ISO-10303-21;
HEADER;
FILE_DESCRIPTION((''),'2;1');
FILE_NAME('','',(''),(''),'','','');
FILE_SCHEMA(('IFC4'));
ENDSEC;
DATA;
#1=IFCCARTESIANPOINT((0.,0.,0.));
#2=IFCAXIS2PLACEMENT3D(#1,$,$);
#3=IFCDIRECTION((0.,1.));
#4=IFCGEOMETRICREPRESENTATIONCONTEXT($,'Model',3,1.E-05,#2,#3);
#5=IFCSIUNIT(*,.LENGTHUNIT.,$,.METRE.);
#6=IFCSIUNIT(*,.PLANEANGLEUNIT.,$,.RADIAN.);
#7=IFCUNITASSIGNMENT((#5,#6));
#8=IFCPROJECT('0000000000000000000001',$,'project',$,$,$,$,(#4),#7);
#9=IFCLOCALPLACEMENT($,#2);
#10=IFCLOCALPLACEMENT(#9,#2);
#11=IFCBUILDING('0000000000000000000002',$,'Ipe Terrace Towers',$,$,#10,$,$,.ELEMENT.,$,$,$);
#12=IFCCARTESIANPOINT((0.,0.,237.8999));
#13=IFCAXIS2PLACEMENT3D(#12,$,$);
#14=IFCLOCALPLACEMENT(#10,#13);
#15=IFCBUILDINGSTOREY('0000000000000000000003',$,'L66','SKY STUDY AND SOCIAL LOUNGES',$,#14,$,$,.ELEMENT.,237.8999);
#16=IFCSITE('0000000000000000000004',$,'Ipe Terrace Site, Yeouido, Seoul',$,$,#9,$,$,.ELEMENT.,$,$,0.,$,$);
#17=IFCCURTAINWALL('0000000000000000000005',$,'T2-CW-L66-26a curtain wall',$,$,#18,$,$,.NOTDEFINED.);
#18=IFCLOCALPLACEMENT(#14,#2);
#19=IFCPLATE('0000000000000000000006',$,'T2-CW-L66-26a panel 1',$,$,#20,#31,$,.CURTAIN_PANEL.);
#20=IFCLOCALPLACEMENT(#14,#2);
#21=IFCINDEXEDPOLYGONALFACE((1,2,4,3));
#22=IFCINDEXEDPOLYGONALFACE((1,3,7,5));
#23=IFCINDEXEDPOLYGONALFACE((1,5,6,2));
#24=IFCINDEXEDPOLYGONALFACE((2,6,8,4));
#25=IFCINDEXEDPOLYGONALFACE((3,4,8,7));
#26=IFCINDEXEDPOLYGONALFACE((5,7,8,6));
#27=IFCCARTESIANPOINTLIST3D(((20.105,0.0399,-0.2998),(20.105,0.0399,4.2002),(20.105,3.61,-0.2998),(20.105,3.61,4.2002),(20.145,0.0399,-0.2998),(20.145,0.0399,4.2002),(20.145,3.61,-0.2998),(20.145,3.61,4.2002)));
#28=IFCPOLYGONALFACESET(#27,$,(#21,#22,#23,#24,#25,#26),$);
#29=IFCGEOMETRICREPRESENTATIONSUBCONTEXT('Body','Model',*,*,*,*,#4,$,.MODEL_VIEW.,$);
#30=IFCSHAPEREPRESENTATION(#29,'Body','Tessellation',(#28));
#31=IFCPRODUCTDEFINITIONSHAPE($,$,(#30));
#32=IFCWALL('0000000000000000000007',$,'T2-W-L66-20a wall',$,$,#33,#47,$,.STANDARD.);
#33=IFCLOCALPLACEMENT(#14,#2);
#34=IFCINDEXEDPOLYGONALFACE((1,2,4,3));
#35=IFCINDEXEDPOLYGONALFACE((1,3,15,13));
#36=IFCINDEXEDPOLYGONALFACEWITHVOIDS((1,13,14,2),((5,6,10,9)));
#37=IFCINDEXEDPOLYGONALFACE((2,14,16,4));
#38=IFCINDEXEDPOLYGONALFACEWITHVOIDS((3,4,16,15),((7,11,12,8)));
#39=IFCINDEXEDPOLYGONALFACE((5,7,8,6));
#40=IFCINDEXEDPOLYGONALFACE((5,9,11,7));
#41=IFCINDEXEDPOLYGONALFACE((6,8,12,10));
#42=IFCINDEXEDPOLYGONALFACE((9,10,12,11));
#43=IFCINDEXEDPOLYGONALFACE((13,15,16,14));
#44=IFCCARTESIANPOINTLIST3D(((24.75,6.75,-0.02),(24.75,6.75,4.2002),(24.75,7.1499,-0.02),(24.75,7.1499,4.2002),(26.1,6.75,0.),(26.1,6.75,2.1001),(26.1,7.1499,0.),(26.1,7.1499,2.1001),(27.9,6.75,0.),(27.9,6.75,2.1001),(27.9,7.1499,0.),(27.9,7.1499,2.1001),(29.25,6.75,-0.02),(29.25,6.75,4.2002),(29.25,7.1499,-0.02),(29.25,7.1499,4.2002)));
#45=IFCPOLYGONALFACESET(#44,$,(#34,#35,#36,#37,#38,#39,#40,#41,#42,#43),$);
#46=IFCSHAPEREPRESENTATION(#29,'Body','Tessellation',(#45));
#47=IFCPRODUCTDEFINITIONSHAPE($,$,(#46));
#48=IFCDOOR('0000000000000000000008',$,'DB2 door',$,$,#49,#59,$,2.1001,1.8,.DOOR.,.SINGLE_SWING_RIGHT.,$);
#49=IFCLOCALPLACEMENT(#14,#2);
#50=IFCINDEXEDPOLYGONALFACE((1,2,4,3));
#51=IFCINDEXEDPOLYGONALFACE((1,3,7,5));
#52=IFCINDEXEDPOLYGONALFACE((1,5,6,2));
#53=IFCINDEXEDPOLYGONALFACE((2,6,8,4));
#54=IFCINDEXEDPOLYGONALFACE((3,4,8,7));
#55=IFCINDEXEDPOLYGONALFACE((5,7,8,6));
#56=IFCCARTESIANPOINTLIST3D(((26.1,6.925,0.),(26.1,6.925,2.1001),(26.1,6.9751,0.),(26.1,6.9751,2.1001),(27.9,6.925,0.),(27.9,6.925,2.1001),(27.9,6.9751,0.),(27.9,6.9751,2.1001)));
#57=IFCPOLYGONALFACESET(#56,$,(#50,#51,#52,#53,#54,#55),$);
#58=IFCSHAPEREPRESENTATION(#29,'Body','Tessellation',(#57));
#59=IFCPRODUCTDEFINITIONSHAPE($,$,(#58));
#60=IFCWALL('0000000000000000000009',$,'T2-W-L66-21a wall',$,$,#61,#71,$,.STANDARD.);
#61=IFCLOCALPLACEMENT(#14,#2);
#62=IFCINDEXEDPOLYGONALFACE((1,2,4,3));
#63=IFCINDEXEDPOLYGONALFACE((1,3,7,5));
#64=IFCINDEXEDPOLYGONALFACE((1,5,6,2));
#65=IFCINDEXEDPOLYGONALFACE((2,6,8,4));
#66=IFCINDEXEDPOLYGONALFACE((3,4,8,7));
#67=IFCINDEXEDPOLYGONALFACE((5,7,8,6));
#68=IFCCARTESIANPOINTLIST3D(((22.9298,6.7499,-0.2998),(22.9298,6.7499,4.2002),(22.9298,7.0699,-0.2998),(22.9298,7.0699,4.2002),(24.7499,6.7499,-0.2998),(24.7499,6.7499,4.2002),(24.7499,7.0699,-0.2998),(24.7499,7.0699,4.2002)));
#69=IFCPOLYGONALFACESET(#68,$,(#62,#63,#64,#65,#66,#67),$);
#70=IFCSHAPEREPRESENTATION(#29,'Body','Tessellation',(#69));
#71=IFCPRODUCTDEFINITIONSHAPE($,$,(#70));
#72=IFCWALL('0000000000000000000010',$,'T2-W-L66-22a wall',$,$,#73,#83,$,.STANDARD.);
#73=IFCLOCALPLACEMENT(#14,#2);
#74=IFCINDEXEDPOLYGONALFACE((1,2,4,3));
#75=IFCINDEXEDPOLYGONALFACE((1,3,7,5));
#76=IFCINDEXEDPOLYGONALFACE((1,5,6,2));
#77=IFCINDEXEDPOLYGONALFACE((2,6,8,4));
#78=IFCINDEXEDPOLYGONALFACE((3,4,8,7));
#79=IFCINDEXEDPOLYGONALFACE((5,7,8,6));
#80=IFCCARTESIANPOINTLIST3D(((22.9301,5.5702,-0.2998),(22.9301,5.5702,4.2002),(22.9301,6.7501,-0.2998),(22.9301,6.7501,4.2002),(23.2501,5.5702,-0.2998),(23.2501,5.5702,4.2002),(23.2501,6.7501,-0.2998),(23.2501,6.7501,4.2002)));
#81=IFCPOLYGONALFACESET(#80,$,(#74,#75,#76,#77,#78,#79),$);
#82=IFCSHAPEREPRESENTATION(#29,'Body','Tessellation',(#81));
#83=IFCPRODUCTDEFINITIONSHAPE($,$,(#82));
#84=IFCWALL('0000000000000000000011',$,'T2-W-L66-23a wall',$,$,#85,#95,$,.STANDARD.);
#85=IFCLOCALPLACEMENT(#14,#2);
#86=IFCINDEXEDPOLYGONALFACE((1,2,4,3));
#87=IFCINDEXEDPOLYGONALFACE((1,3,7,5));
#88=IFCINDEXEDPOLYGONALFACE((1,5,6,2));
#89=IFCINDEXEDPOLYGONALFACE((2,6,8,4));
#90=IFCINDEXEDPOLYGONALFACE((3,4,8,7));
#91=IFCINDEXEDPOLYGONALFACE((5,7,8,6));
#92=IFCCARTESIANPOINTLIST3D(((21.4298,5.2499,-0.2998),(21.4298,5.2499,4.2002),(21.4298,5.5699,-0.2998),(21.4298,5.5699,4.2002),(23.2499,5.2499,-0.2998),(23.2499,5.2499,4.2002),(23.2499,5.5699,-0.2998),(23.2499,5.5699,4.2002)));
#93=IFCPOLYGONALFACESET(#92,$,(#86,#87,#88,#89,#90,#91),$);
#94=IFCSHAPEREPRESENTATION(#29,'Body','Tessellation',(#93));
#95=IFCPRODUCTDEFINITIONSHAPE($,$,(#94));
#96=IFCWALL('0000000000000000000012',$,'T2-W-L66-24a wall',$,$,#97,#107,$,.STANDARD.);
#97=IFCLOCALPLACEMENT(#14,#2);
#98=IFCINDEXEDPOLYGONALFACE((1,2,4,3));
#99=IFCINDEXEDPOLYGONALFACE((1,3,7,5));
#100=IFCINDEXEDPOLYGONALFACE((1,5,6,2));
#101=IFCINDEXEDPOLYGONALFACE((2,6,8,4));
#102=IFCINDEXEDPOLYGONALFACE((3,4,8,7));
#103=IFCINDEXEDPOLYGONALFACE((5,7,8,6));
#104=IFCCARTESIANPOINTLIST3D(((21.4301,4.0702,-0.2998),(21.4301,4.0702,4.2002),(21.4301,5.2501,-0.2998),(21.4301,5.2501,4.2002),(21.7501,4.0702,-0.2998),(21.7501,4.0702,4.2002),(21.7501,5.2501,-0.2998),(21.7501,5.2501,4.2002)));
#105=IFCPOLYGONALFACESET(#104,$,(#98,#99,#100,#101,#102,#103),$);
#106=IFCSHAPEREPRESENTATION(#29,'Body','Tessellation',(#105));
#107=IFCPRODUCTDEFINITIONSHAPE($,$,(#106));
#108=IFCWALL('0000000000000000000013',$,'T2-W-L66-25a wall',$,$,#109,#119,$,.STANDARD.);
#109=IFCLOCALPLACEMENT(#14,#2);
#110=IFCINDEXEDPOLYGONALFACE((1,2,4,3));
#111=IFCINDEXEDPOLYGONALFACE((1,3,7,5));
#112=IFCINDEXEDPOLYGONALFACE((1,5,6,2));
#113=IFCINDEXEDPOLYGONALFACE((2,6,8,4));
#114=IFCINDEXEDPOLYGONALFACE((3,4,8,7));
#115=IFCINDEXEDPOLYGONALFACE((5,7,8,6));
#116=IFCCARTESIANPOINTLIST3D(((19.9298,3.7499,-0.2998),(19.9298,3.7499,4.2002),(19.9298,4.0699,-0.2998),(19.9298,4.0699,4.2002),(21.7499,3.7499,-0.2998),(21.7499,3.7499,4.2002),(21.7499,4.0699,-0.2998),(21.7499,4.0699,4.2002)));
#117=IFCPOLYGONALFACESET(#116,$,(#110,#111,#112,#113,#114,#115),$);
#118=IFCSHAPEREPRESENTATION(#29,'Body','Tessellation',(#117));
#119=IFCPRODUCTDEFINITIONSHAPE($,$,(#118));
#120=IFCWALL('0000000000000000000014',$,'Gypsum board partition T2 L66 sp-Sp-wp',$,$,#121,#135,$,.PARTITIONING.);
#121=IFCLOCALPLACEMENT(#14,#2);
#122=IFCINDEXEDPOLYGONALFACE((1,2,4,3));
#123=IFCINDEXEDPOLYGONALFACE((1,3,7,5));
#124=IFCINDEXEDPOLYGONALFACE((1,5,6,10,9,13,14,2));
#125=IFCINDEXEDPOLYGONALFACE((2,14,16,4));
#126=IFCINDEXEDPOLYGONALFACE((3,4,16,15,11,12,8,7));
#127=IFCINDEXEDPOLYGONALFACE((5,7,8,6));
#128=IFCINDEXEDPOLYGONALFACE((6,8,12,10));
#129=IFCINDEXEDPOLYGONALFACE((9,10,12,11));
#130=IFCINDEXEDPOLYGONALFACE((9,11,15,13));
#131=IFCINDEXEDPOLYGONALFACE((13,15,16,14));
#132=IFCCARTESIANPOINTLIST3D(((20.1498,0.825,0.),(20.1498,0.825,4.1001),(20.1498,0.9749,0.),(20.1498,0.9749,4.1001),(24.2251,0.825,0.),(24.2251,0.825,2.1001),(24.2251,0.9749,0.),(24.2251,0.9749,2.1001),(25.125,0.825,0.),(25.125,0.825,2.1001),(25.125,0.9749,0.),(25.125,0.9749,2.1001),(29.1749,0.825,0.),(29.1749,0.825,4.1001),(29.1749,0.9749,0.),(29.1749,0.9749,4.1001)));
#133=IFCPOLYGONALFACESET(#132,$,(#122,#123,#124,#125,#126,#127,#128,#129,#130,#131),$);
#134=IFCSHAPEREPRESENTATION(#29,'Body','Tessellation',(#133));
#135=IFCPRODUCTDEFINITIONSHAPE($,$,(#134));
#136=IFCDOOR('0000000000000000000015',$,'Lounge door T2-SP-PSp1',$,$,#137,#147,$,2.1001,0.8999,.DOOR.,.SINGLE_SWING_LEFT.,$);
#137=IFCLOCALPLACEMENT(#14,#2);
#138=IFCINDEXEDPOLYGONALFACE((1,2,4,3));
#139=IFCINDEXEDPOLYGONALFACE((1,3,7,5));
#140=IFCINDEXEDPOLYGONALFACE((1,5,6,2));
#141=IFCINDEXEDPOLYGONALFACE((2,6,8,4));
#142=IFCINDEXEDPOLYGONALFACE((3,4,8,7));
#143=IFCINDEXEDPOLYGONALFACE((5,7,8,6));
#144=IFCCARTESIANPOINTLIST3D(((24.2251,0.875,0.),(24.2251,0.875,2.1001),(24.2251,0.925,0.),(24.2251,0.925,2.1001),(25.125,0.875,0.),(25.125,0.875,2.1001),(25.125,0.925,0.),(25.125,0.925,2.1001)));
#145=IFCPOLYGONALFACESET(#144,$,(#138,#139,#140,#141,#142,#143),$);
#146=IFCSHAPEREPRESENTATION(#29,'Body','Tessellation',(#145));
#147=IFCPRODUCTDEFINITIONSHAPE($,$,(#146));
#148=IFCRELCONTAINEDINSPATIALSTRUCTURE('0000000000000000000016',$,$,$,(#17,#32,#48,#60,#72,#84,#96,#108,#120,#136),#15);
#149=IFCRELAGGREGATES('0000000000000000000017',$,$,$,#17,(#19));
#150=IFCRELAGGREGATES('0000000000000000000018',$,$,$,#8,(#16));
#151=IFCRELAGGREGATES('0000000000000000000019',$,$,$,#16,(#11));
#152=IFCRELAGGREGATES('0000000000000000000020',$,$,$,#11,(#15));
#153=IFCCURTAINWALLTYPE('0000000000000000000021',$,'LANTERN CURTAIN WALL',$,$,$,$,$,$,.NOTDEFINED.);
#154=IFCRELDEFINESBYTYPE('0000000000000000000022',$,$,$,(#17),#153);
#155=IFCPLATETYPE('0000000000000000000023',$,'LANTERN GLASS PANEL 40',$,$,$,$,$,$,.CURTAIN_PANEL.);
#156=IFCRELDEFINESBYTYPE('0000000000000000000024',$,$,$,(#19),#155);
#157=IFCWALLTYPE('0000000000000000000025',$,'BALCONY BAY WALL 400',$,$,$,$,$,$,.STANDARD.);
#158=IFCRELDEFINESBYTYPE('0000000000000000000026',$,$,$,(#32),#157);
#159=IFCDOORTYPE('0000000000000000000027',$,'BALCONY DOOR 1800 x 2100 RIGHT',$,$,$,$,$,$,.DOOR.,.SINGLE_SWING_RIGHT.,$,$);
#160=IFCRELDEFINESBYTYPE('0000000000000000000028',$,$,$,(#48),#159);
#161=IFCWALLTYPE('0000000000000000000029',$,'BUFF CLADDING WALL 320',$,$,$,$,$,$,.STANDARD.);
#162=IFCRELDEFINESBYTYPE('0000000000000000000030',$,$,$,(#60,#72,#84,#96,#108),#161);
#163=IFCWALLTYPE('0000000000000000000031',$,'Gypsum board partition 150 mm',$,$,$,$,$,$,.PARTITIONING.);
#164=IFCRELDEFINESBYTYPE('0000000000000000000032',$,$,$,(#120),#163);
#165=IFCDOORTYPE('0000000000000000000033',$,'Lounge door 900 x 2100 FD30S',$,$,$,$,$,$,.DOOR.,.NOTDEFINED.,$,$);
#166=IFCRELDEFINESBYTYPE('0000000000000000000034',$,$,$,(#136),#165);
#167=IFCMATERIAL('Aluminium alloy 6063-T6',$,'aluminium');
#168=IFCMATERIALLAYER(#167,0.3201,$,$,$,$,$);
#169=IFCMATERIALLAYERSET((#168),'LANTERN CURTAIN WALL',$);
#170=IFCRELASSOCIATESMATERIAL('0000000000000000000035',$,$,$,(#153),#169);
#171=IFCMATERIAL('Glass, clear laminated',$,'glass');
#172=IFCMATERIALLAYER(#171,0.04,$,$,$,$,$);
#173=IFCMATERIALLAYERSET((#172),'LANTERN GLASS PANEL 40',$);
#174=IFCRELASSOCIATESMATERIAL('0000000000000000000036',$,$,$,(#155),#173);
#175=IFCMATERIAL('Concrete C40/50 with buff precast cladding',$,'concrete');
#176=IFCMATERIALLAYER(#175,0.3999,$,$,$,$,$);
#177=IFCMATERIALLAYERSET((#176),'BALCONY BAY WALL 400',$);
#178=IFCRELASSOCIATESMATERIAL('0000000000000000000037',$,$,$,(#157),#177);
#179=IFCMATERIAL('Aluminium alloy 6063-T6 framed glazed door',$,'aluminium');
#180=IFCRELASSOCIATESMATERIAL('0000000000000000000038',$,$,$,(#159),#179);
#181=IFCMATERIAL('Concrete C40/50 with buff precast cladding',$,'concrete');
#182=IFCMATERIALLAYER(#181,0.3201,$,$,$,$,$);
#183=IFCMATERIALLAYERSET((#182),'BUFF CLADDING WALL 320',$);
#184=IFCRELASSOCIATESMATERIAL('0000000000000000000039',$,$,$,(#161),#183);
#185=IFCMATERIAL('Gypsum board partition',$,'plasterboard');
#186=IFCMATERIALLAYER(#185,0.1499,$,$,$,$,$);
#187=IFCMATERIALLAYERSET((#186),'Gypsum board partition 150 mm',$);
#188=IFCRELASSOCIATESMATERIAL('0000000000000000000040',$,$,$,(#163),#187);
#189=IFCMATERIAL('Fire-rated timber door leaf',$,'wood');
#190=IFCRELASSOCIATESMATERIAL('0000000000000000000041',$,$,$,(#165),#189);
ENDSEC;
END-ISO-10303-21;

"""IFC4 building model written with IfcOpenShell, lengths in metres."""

from ifc_helpers import new_model, si_unit, direction, frame, frame_2d, origin, origin_2d, place, context, subcontext, project, spatial, rectangle, extrude, material, layer, layer_set, type_object, element, fill, aggregate, save


model = new_model("IFC4")

# Units and contexts
model_context = context("Model", 3, precision=1e-05, world=origin(), true_north=direction((0.0, 1.0)))
body_context = subcontext(model_context, "Body", "Model", "MODEL_VIEW")
ifc_project = project(units=[si_unit("LENGTHUNIT", "METRE"), si_unit("PLANEANGLEUNIT", "RADIAN")], contexts=[model_context])

# Site, building, storey
site_placement = place(None, origin())
site = spatial("IfcSite", under=ifc_project, at=site_placement, Name="Ipe Terrace Site, Yeouido, Seoul", CompositionType="ELEMENT", RefElevation=0.0)
building_placement = place(site_placement, origin())
building = spatial("IfcBuilding", under=site, at=building_placement, Name="Ipe Terrace Towers", CompositionType="ELEMENT")
storey_placement = place(building_placement, frame((0.0, 0.0, 237.8999)))
storey = spatial("IfcBuildingStorey", under=building, at=storey_placement, Name="L66", Description="SKY STUDY AND SOCIAL LOUNGES", CompositionType="ELEMENT", Elevation=237.8999)

# Curtain wall, plate
ifc_material_1 = material(Name="Aluminium alloy 6063-T6", Category="aluminium")
ifc_layer_1 = layer(ifc_material_1, 0.3201)
ifc_layer_set_1 = layer_set([ifc_layer_1], Name="LANTERN CURTAIN WALL")
curtain_wall_type = type_object("IfcCurtainWallType", Name="LANTERN CURTAIN WALL", PredefinedType="NOTDEFINED", material=ifc_layer_set_1)
curtain_wall_placement = place(storey_placement, origin())
curtain_wall = element("IfcCurtainWall", 1, at=curtain_wall_placement, inside=storey, type_object=curtain_wall_type, Name="T2-CW-L66-26a curtain wall", PredefinedType="NOTDEFINED")
ifc_material_2 = material(Name="Glass, clear laminated", Category="glass")
ifc_layer_2 = layer(ifc_material_2, 0.04)
ifc_layer_set_2 = layer_set([ifc_layer_2], Name="LANTERN GLASS PANEL 40")
plate_type = type_object("IfcPlateType", Name="LANTERN GLASS PANEL 40", PredefinedType="CURTAIN_PANEL", material=ifc_layer_set_2)
plate_placement = place(storey_placement, frame((20.125, 1.825, -0.2998), z_axis=(0.0, 0.0, 1.0), x_axis=(0.0, -1.0, 0.0)))
plate = element("IfcPlate", 2, at=plate_placement, type_object=plate_type, Name="T2-CW-L66-26a panel 1", PredefinedType="CURTAIN_PANEL", context=body_context, shape_type="SweptSolid", body=[
    extrude(rectangle(XDim=3.5701, YDim=0.04, at=origin_2d()), origin(), (0.0, 0.0, 1.0), 4.5),
])
aggregate(curtain_wall, [plate])

# Wall, opening, door
ifc_material_3 = material(Name="Concrete C40/50 with buff precast cladding", Category="concrete")
ifc_layer_3 = layer(ifc_material_3, 0.3999)
ifc_layer_set_3 = layer_set([ifc_layer_3], Name="BALCONY BAY WALL 400")
wall_type_1 = type_object("IfcWallType", Name="BALCONY BAY WALL 400", PredefinedType="STANDARD", material=ifc_layer_set_3)
wall_1_placement = place(storey_placement, frame((29.25, 6.95, -0.02), z_axis=(0.0, 0.0, 1.0), x_axis=(-1.0, 0.0, 0.0)))
wall_1 = element("IfcWall", 3, at=wall_1_placement, inside=storey, type_object=wall_type_1, Name="T2-W-L66-20a wall", PredefinedType="STANDARD", context=body_context, shape_type="SweptSolid", body=[
    extrude(rectangle(XDim=4.5, YDim=0.3999, at=frame_2d((2.25, 0.0))), origin(), (0.0, 0.0, 1.0), 4.2202),
])
opening_1_placement = place(wall_1_placement, frame((1.3501, 0.0, 0.02)))
opening_1 = element("IfcOpeningElement", 4, at=opening_1_placement, cuts=wall_1, PredefinedType="OPENING", context=body_context, shape_type="SweptSolid", body=[
    extrude(rectangle(XDim=1.8, YDim=2.1001, at=frame_2d((0.8999, 1.05))), frame((0.0, 0.21, 0.0), z_axis=(0.0, -1.0, 0.0), x_axis=(1.0, 0.0, 0.0)), (0.0, 0.0, 1.0), 0.4199),
])
ifc_material_4 = material(Name="Aluminium alloy 6063-T6 framed glazed door", Category="aluminium")
door_type_1 = type_object("IfcDoorType", Name="BALCONY DOOR 1800 x 2100 RIGHT", OperationType="SINGLE_SWING_RIGHT", PredefinedType="DOOR", material=ifc_material_4)
door_1_placement = place(opening_1_placement, origin())
door_1 = element("IfcDoor", 5, at=door_1_placement, inside=storey, type_object=door_type_1, Name="DB2 door", OperationType="SINGLE_SWING_RIGHT", OverallHeight=2.1001, OverallWidth=1.8, PredefinedType="DOOR", context=body_context, shape_type="SweptSolid", body=[
    extrude(rectangle(XDim=1.8, YDim=2.1001, at=frame_2d((0.8999, 1.05))), frame((0.0, 0.0249, 0.0), z_axis=(0.0, -1.0, 0.0), x_axis=(1.0, 0.0, 0.0)), (0.0, 0.0, 1.0), 0.05),
])
fill(opening_1, door_1)

# Walls
ifc_material_5 = material(Name="Concrete C40/50 with buff precast cladding", Category="concrete")
ifc_layer_4 = layer(ifc_material_5, 0.3201)
ifc_layer_set_4 = layer_set([ifc_layer_4], Name="BUFF CLADDING WALL 320")
wall_type_2 = type_object("IfcWallType", Name="BUFF CLADDING WALL 320", PredefinedType="STANDARD", material=ifc_layer_set_4)
wall_2_placement = place(storey_placement, frame((24.75, 6.9099, -0.2998), z_axis=(0.0, 0.0, 1.0), x_axis=(-1.0, 0.0, 0.0)))
element("IfcWall", 6, at=wall_2_placement, inside=storey, type_object=wall_type_2, Name="T2-W-L66-21a wall", PredefinedType="STANDARD", context=body_context, shape_type="SweptSolid", body=[
    extrude(rectangle(XDim=1.8201, YDim=0.3201, at=frame_2d((0.9102, 0.0))), origin(), (0.0, 0.0, 1.0), 4.5),
])
wall_3_placement = place(storey_placement, frame((23.0901, 6.75, -0.2998), z_axis=(0.0, 0.0, 1.0), x_axis=(0.0, -1.0, 0.0)))
element("IfcWall", 7, at=wall_3_placement, inside=storey, type_object=wall_type_2, Name="T2-W-L66-22a wall", PredefinedType="STANDARD", context=body_context, shape_type="SweptSolid", body=[
    extrude(rectangle(XDim=1.1799, YDim=0.3201, at=frame_2d((0.5898, 0.0))), origin(), (0.0, 0.0, 1.0), 4.5),
])
wall_4_placement = place(storey_placement, frame((23.25, 5.4099, -0.2998), z_axis=(0.0, 0.0, 1.0), x_axis=(-1.0, 0.0, 0.0)))
element("IfcWall", 8, at=wall_4_placement, inside=storey, type_object=wall_type_2, Name="T2-W-L66-23a wall", PredefinedType="STANDARD", context=body_context, shape_type="SweptSolid", body=[
    extrude(rectangle(XDim=1.8201, YDim=0.3201, at=frame_2d((0.9102, 0.0))), origin(), (0.0, 0.0, 1.0), 4.5),
])
wall_5_placement = place(storey_placement, frame((21.5901, 5.25, -0.2998), z_axis=(0.0, 0.0, 1.0), x_axis=(0.0, -1.0, 0.0)))
element("IfcWall", 9, at=wall_5_placement, inside=storey, type_object=wall_type_2, Name="T2-W-L66-24a wall", PredefinedType="STANDARD", context=body_context, shape_type="SweptSolid", body=[
    extrude(rectangle(XDim=1.1799, YDim=0.3201, at=frame_2d((0.5898, 0.0))), origin(), (0.0, 0.0, 1.0), 4.5),
])
wall_6_placement = place(storey_placement, frame((21.75, 3.9099, -0.2998), z_axis=(0.0, 0.0, 1.0), x_axis=(-1.0, 0.0, 0.0)))
element("IfcWall", 10, at=wall_6_placement, inside=storey, type_object=wall_type_2, Name="T2-W-L66-25a wall", PredefinedType="STANDARD", context=body_context, shape_type="SweptSolid", body=[
    extrude(rectangle(XDim=1.8201, YDim=0.3201, at=frame_2d((0.9102, 0.0))), origin(), (0.0, 0.0, 1.0), 4.5),
])

# Wall, opening, door
ifc_material_6 = material(Name="Gypsum board partition", Category="plasterboard")
ifc_layer_5 = layer(ifc_material_6, 0.1499)
ifc_layer_set_5 = layer_set([ifc_layer_5], Name="Gypsum board partition 150 mm")
wall_type_3 = type_object("IfcWallType", Name="Gypsum board partition 150 mm", PredefinedType="PARTITIONING", material=ifc_layer_set_5)
wall_7_placement = place(storey_placement, frame((29.175, 0.8999, 0.0), z_axis=(0.0, 0.0, 1.0), x_axis=(-1.0, 0.0, 0.0)))
wall_7 = element("IfcWall", 11, at=wall_7_placement, inside=storey, type_object=wall_type_3, Name="Gypsum board partition T2 L66 sp-Sp-wp", PredefinedType="PARTITIONING", context=body_context, shape_type="SweptSolid", body=[
    extrude(rectangle(XDim=9.0251, YDim=0.1499, at=frame_2d((4.5127, 0.0))), origin(), (0.0, 0.0, 1.0), 4.1001),
])
opening_2_placement = place(wall_7_placement, frame((4.05, 0.0, 0.0)))
opening_2 = element("IfcOpeningElement", 12, at=opening_2_placement, cuts=wall_7, PredefinedType="OPENING", context=body_context, shape_type="SweptSolid", body=[
    extrude(rectangle(XDim=0.8999, YDim=2.1001, at=frame_2d((0.45, 1.05))), frame((0.0, 0.085, 0.0), z_axis=(0.0, -1.0, 0.0), x_axis=(1.0, 0.0, 0.0)), (0.0, 0.0, 1.0), 0.1699),
])
ifc_material_7 = material(Name="Fire-rated timber door leaf", Category="wood")
door_type_2 = type_object("IfcDoorType", Name="Lounge door 900 x 2100 FD30S", OperationType="NOTDEFINED", PredefinedType="DOOR", material=ifc_material_7)
door_2_placement = place(opening_2_placement, origin())
door_2 = element("IfcDoor", 13, at=door_2_placement, inside=storey, type_object=door_type_2, Name="Lounge door T2-SP-PSp1", OperationType="SINGLE_SWING_LEFT", OverallHeight=2.1001, OverallWidth=0.8999, PredefinedType="DOOR", context=body_context, shape_type="SweptSolid", body=[
    extrude(rectangle(XDim=0.8999, YDim=2.1001, at=frame_2d((0.45, 1.05))), frame((0.0, 0.0249, 0.0), z_axis=(0.0, -1.0, 0.0), x_axis=(1.0, 0.0, 0.0)), (0.0, 0.0, 1.0), 0.05),
])
fill(opening_2, door_2)

save(model, "model.ifc")
